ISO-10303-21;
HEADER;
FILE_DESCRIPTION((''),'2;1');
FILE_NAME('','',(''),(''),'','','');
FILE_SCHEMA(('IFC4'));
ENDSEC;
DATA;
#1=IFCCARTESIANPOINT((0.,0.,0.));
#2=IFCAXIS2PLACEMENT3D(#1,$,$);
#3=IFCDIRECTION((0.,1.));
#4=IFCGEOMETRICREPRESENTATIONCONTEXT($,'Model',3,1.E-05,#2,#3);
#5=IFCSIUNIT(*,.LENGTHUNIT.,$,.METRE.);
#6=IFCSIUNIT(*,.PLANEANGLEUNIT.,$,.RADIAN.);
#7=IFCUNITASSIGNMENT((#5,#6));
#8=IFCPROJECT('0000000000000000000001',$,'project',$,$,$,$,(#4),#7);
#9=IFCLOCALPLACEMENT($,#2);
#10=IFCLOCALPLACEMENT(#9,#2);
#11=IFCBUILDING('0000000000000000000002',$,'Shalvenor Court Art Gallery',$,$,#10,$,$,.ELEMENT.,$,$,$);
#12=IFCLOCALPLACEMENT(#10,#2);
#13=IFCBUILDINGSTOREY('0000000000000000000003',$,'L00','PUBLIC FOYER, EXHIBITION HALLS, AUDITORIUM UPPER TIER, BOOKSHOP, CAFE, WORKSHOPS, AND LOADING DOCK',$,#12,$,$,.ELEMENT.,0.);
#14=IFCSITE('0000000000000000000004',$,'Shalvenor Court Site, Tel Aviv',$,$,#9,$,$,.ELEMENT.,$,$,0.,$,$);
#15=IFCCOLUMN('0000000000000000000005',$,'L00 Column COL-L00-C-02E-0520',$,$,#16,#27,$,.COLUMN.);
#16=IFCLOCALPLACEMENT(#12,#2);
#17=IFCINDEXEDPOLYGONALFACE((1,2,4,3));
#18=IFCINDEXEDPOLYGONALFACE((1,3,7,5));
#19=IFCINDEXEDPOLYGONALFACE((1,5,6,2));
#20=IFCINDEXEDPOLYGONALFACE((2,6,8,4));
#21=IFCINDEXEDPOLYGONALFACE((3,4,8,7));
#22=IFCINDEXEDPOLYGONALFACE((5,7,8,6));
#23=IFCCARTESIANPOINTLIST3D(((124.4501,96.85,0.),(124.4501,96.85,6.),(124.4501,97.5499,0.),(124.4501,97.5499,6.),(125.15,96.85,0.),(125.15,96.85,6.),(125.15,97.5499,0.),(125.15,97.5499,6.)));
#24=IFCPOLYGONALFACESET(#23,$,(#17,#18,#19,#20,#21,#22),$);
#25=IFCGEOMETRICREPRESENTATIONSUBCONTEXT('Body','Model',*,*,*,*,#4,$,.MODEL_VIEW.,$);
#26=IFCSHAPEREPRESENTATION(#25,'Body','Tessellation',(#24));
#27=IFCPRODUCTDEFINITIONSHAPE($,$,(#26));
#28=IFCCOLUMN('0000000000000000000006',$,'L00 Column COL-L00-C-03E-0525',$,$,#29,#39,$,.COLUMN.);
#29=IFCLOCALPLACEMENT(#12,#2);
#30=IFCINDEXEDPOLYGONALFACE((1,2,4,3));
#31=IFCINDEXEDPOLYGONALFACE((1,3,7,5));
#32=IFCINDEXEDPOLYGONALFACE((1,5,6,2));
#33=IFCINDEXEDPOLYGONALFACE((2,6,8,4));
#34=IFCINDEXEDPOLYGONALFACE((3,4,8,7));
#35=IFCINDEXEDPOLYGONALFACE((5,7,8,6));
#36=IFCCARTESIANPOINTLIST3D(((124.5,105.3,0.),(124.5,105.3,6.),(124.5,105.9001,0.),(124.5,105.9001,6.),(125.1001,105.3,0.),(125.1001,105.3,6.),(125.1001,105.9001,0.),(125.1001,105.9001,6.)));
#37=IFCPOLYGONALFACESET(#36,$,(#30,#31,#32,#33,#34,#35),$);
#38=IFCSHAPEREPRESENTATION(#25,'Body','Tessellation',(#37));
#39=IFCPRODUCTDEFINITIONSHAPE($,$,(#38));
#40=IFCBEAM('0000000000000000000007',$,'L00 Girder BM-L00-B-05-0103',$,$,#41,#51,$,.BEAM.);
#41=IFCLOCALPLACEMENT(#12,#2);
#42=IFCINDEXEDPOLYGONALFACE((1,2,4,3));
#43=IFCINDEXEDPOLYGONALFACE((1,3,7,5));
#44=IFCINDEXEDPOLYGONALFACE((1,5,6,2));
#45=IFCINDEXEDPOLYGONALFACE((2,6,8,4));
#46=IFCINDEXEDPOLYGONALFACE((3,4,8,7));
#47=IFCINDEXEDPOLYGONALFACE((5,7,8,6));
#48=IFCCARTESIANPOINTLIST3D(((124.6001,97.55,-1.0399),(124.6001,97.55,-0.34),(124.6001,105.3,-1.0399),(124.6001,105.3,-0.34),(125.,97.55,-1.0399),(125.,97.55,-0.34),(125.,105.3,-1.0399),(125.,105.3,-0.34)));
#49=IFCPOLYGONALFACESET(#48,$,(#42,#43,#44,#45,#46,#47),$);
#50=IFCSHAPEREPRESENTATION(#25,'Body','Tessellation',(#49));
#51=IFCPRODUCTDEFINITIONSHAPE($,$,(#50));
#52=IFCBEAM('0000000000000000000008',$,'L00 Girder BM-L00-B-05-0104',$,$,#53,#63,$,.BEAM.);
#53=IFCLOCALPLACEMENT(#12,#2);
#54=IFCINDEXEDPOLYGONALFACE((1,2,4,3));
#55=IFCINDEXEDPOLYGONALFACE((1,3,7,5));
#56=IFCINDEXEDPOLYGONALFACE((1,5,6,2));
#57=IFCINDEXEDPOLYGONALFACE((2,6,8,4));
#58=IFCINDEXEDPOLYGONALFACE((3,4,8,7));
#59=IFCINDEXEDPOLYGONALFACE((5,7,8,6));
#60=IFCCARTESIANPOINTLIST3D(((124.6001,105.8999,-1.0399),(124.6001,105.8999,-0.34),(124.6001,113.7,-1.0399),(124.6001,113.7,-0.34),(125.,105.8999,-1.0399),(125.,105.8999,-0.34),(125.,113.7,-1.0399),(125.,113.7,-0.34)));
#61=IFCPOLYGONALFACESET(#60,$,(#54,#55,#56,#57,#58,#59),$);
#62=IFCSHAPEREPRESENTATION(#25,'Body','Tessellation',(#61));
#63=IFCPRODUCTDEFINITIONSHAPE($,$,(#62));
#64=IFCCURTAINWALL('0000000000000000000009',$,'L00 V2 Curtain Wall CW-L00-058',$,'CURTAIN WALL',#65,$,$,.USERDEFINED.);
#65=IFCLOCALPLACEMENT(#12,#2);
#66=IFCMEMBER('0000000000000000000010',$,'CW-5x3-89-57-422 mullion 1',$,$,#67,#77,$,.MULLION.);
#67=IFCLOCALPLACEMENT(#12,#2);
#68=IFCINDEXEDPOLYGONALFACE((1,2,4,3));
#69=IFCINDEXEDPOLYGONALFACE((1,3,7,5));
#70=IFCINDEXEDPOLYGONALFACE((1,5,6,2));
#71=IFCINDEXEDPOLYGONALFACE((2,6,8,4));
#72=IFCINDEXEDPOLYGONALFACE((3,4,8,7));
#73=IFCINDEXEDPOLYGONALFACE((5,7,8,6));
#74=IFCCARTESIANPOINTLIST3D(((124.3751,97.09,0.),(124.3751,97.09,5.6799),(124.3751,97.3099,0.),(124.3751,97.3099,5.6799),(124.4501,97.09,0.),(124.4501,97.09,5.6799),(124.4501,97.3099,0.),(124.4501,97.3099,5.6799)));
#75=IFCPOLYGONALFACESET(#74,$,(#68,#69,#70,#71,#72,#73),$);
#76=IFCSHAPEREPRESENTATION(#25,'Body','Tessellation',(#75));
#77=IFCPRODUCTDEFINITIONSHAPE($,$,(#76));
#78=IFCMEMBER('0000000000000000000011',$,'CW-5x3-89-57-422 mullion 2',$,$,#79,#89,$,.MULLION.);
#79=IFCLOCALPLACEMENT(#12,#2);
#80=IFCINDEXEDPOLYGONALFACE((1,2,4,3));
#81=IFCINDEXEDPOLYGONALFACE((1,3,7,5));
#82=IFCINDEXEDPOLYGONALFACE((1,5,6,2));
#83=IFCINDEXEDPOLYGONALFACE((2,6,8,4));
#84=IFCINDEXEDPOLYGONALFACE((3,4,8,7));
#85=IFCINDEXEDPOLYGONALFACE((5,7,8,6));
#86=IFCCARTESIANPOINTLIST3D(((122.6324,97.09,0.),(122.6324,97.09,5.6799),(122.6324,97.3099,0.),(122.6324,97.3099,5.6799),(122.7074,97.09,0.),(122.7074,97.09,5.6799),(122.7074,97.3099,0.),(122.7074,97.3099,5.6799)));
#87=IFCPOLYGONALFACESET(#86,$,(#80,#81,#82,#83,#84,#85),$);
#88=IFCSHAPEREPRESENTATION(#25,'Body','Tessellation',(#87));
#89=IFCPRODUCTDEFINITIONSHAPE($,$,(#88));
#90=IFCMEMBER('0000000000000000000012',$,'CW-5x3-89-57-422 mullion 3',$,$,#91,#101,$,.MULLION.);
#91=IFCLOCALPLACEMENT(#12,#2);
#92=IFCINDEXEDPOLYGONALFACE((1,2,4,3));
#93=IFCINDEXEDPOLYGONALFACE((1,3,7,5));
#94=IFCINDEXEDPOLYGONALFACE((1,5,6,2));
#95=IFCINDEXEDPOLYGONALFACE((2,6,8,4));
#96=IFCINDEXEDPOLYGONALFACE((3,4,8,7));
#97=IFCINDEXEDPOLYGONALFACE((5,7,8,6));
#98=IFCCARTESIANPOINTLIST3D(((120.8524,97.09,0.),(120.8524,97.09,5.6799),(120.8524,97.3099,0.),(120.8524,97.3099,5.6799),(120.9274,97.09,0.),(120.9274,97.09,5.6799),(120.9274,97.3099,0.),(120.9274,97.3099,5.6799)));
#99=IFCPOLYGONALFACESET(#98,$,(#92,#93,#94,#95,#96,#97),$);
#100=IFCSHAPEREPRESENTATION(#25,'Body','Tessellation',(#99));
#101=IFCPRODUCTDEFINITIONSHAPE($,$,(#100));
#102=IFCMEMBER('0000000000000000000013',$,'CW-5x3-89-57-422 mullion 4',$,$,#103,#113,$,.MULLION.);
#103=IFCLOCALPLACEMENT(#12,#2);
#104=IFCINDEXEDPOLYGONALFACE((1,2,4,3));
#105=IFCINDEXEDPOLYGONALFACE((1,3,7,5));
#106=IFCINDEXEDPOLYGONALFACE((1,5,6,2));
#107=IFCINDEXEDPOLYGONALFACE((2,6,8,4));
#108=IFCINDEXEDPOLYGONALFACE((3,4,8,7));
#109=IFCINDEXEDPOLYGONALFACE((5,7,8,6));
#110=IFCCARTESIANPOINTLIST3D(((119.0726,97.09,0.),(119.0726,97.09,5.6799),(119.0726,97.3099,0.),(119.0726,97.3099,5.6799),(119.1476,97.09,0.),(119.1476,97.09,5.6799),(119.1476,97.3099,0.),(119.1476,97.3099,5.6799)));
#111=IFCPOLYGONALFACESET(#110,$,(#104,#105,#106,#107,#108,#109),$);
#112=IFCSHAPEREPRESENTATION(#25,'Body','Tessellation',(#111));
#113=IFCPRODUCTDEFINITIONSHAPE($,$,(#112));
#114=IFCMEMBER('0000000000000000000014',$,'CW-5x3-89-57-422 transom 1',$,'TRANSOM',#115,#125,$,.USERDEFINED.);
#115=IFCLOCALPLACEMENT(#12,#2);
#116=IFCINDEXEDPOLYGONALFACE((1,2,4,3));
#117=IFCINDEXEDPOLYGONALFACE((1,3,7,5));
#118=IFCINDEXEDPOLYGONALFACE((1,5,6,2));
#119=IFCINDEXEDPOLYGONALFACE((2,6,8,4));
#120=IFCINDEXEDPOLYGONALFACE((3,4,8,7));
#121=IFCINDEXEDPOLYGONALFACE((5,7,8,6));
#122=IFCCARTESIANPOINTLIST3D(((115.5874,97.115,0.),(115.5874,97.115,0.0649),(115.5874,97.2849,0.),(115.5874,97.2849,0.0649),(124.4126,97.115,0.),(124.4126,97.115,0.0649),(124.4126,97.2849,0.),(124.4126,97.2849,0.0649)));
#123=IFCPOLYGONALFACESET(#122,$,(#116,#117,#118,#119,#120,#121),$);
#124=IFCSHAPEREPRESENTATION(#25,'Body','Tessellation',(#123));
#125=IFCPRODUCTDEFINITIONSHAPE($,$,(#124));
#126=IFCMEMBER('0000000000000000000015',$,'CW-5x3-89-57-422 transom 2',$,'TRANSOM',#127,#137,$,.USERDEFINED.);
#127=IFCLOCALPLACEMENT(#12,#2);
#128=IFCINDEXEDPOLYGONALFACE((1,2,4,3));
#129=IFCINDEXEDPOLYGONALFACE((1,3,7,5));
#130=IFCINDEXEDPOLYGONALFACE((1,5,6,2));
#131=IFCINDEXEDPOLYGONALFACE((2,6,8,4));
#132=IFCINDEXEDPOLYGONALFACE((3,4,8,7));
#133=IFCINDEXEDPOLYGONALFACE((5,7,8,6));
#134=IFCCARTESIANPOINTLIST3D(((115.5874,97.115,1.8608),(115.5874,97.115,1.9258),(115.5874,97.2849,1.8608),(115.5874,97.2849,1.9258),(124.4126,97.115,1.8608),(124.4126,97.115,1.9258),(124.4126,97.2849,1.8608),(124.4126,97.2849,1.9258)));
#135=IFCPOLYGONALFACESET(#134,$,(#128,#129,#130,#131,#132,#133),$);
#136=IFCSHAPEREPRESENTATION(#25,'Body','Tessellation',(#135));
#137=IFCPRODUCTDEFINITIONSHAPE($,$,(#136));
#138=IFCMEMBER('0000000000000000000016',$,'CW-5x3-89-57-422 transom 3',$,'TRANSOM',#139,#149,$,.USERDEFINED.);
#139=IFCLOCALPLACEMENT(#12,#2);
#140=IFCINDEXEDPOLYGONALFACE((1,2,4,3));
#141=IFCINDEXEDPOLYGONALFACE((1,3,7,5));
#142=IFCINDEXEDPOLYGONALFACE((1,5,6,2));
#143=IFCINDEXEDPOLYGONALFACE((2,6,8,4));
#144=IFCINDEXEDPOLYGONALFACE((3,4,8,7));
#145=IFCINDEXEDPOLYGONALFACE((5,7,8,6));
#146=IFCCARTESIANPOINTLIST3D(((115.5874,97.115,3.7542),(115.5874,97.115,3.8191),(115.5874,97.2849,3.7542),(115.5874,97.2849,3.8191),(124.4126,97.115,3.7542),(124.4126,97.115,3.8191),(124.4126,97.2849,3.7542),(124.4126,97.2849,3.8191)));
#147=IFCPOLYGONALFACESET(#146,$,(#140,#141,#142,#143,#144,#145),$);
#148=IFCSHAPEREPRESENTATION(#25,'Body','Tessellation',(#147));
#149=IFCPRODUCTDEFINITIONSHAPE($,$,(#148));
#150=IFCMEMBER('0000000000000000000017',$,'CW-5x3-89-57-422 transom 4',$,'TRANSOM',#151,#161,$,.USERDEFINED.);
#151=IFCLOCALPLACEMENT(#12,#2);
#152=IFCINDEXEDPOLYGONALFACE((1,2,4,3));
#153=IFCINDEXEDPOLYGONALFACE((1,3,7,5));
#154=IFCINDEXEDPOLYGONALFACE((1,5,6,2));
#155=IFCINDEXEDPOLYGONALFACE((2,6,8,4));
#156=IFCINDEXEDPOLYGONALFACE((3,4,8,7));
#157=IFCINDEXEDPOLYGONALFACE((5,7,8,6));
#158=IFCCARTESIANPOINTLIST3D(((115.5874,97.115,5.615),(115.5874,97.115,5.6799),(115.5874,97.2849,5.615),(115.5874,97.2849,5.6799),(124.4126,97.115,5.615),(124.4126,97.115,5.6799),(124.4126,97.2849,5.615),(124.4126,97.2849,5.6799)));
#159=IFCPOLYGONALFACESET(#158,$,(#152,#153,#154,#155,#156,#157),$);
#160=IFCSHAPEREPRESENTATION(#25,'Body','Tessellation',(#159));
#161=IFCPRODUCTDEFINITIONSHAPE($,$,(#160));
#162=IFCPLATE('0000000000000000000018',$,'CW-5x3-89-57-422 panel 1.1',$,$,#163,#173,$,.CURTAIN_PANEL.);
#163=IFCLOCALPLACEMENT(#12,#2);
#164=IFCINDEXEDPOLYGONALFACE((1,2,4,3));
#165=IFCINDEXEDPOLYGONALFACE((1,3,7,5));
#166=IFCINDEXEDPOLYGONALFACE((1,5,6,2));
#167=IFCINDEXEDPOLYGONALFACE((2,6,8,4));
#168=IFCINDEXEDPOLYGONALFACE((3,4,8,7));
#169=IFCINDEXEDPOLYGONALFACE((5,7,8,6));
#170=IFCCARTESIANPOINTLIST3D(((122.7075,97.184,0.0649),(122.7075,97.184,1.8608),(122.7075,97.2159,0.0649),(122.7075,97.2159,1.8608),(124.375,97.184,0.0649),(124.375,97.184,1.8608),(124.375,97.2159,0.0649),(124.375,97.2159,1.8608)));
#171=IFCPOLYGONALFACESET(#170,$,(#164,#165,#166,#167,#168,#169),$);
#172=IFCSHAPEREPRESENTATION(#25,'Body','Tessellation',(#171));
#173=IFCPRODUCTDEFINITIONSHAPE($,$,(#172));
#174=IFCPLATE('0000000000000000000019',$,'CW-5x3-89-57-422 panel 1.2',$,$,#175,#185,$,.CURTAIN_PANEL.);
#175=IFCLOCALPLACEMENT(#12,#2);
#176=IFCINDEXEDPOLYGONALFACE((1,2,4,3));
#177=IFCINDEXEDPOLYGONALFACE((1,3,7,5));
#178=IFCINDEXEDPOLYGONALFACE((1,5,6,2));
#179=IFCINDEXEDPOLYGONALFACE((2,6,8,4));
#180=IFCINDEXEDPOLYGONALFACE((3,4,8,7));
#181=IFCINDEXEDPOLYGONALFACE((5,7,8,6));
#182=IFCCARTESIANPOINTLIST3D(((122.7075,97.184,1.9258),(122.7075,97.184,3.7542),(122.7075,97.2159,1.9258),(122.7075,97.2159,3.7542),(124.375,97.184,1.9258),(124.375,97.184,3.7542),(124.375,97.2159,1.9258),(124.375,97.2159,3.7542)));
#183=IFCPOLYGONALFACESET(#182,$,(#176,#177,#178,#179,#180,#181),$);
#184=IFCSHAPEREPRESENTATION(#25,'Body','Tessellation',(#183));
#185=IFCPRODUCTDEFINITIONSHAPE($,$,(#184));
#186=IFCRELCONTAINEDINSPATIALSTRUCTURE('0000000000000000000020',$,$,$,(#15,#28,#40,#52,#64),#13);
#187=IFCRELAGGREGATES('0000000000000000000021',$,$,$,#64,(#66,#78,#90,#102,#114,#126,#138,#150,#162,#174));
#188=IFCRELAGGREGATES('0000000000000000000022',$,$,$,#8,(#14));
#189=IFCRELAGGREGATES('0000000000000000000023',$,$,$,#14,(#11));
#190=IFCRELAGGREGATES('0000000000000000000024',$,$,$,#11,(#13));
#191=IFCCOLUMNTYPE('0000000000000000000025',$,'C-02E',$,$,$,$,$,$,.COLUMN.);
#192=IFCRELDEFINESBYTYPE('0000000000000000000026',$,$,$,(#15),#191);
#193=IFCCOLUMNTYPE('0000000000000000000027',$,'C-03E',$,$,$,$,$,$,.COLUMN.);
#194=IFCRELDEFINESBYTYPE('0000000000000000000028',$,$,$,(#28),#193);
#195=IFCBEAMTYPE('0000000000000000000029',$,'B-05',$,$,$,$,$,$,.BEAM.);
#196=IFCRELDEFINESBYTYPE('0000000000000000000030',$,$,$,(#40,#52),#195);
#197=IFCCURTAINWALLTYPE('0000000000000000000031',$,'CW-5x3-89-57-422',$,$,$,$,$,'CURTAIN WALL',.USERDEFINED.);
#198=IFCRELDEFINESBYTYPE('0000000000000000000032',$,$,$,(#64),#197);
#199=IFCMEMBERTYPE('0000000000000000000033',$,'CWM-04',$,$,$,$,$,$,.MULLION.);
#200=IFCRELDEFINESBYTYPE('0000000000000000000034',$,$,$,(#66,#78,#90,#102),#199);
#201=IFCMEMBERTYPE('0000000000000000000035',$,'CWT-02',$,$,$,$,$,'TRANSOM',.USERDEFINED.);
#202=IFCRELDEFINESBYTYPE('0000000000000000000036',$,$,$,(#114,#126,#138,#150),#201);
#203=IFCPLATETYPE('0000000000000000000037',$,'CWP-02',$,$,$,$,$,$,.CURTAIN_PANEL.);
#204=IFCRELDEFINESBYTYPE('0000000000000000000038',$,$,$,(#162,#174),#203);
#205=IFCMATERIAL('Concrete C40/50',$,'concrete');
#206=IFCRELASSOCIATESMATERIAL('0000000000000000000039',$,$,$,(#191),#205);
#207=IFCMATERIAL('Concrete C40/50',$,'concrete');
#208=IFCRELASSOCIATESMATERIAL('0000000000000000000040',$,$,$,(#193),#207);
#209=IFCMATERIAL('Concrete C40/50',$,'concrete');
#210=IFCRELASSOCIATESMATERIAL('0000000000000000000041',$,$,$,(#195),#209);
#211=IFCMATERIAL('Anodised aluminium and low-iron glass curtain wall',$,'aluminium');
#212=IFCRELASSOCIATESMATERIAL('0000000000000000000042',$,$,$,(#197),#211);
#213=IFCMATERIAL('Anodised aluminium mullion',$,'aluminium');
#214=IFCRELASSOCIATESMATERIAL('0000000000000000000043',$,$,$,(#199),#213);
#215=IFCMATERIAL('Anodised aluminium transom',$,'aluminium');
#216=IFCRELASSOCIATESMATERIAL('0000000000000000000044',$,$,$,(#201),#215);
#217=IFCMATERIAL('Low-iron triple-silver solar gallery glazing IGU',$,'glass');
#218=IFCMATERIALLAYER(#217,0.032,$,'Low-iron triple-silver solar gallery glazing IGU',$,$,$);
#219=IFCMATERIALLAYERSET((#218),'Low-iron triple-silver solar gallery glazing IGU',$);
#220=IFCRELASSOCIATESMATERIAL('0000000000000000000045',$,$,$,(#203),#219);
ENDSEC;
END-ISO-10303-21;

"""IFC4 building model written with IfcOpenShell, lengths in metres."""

from ifc_helpers import new_model, si_unit, direction, frame, origin, origin_2d, place, context, subcontext, project, spatial, rectangle, extrude, material, layer, layer_set, material_profile, profile_set, type_object, element, aggregate, save


model = new_model("IFC4")

# Units and contexts
model_context = context("Model", 3, precision=1e-05, world=origin(), true_north=direction((0.0, 1.0)))
body_context = subcontext(model_context, "Body", "Model", "MODEL_VIEW")
ifc_project = project(units=[si_unit("LENGTHUNIT", "METRE"), si_unit("PLANEANGLEUNIT", "RADIAN")], contexts=[model_context])

# Site, building, storey
site_placement = place(None, origin())
site = spatial("IfcSite", under=ifc_project, at=site_placement, Name="Shalvenor Court Site, Tel Aviv", CompositionType="ELEMENT", RefElevation=0.0)
building_placement = place(site_placement, origin())
building = spatial("IfcBuilding", under=site, at=building_placement, Name="Shalvenor Court Art Gallery", CompositionType="ELEMENT")
storey_placement = place(building_placement, origin())
storey = spatial("IfcBuildingStorey", under=building, at=storey_placement, Name="L00", Description="PUBLIC FOYER, EXHIBITION HALLS, AUDITORIUM UPPER TIER, BOOKSHOP, CAFE, WORKSHOPS, AND LOADING DOCK", CompositionType="ELEMENT", Elevation=0.0)

# Columns
ifc_material_1 = material(Name="Concrete C40/50", Category="concrete")
ifc_material_profile_1 = material_profile(ifc_material_1, rectangle(XDim=0.7, YDim=0.7, at=origin_2d()), Name="RC 700x700")
ifc_profile_set_1 = profile_set([ifc_material_profile_1], Name="Concrete C40/50")
column_type_1 = type_object("IfcColumnType", Name="C-02E", PredefinedType="COLUMN", material=ifc_profile_set_1)
column_1_placement = place(storey_placement, frame((124.8, 97.2, 0.0), z_axis=(0.0, 0.0, 1.0), x_axis=(1.0, 0.0, 0.0)))
element("IfcColumn", 1, at=column_1_placement, inside=storey, type_object=column_type_1, Name="L00 Column COL-L00-C-02E-0520", PredefinedType="COLUMN", context=body_context, shape_type="SweptSolid", body=[
    extrude(rectangle(XDim=0.7, YDim=0.7, at=origin_2d()), origin(), (0.0, 0.0, 1.0), 6.0),
])
ifc_material_2 = material(Name="Concrete C40/50", Category="concrete")
ifc_material_profile_2 = material_profile(ifc_material_2, rectangle(XDim=0.6001, YDim=0.6001, at=origin_2d()), Name="RC 600x600")
ifc_profile_set_2 = profile_set([ifc_material_profile_2], Name="Concrete C40/50")
column_type_2 = type_object("IfcColumnType", Name="C-03E", PredefinedType="COLUMN", material=ifc_profile_set_2)
column_2_placement = place(storey_placement, frame((124.8, 105.6001, 0.0), z_axis=(0.0, 0.0, 1.0), x_axis=(1.0, 0.0, 0.0)))
element("IfcColumn", 2, at=column_2_placement, inside=storey, type_object=column_type_2, Name="L00 Column COL-L00-C-03E-0525", PredefinedType="COLUMN", context=body_context, shape_type="SweptSolid", body=[
    extrude(rectangle(XDim=0.6001, YDim=0.6001, at=origin_2d()), origin(), (0.0, 0.0, 1.0), 6.0),
])

# Beams
ifc_material_3 = material(Name="Concrete C40/50", Category="concrete")
ifc_material_profile_3 = material_profile(ifc_material_3, rectangle(XDim=0.3999, YDim=0.7, at=origin_2d()), Name="RC 400x700")
ifc_profile_set_3 = profile_set([ifc_material_profile_3], Name="Concrete C40/50")
beam_type = type_object("IfcBeamType", Name="B-05", PredefinedType="BEAM", material=ifc_profile_set_3)
beam_1_placement = place(storey_placement, frame((124.8, 97.55, -0.6899), z_axis=(0.0, 1.0, 0.0), x_axis=(-1.0, 0.0, 0.0)))
element("IfcBeam", 3, at=beam_1_placement, inside=storey, type_object=beam_type, Name="L00 Girder BM-L00-B-05-0103", PredefinedType="BEAM", context=body_context, shape_type="SweptSolid", body=[
    extrude(rectangle(XDim=0.3999, YDim=0.7, at=origin_2d()), origin(), (0.0, 0.0, 1.0), 7.75),
])
beam_2_placement = place(storey_placement, frame((124.8, 105.8999, -0.6899), z_axis=(0.0, 1.0, 0.0), x_axis=(-1.0, 0.0, 0.0)))
element("IfcBeam", 4, at=beam_2_placement, inside=storey, type_object=beam_type, Name="L00 Girder BM-L00-B-05-0104", PredefinedType="BEAM", context=body_context, shape_type="SweptSolid", body=[
    extrude(rectangle(XDim=0.3999, YDim=0.7, at=origin_2d()), origin(), (0.0, 0.0, 1.0), 7.8),
])

# Curtain wall, members, plates
ifc_material_4 = material(Name="Anodised aluminium and low-iron glass curtain wall", Category="aluminium")
curtain_wall_type = type_object("IfcCurtainWallType", Name="CW-5x3-89-57-422", ElementType="CURTAIN WALL", PredefinedType="USERDEFINED", material=ifc_material_4)
curtain_wall_placement = place(storey_placement, origin())
curtain_wall = element("IfcCurtainWall", 5, at=curtain_wall_placement, inside=storey, type_object=curtain_wall_type, Name="L00 V2 Curtain Wall CW-L00-058", ObjectType="CURTAIN WALL", PredefinedType="USERDEFINED")
ifc_material_5 = material(Name="Anodised aluminium mullion", Category="aluminium")
ifc_material_profile_4 = material_profile(ifc_material_5, rectangle(XDim=0.075, YDim=0.22, at=origin_2d()), Name="CWM-04")
ifc_profile_set_4 = profile_set([ifc_material_profile_4], Name="Anodised aluminium mullion")
member_type_1 = type_object("IfcMemberType", Name="CWM-04", PredefinedType="MULLION", material=ifc_profile_set_4)
member_1_placement = place(storey_placement, frame((124.4126, 97.2, 0.0), z_axis=(0.0, 0.0, 1.0), x_axis=(-1.0, 0.0, 0.0)))
member_1 = element("IfcMember", 6, at=member_1_placement, type_object=member_type_1, Name="CW-5x3-89-57-422 mullion 1", PredefinedType="MULLION", context=body_context, shape_type="SweptSolid", body=[
    extrude(rectangle(XDim=0.075, YDim=0.22, at=origin_2d()), origin(), (0.0, 0.0, 1.0), 5.6799),
])
member_2_placement = place(storey_placement, frame((122.6699, 97.2, 0.0), z_axis=(0.0, 0.0, 1.0), x_axis=(-1.0, 0.0, 0.0)))
member_2 = element("IfcMember", 7, at=member_2_placement, type_object=member_type_1, Name="CW-5x3-89-57-422 mullion 2", PredefinedType="MULLION", context=body_context, shape_type="SweptSolid", body=[
    extrude(rectangle(XDim=0.075, YDim=0.22, at=origin_2d()), origin(), (0.0, 0.0, 1.0), 5.6799),
])
member_3_placement = place(storey_placement, frame((120.8899, 97.2, 0.0), z_axis=(0.0, 0.0, 1.0), x_axis=(-1.0, 0.0, 0.0)))
member_3 = element("IfcMember", 8, at=member_3_placement, type_object=member_type_1, Name="CW-5x3-89-57-422 mullion 3", PredefinedType="MULLION", context=body_context, shape_type="SweptSolid", body=[
    extrude(rectangle(XDim=0.075, YDim=0.22, at=origin_2d()), origin(), (0.0, 0.0, 1.0), 5.6799),
])
member_4_placement = place(storey_placement, frame((119.1101, 97.2, 0.0), z_axis=(0.0, 0.0, 1.0), x_axis=(-1.0, 0.0, 0.0)))
member_4 = element("IfcMember", 9, at=member_4_placement, type_object=member_type_1, Name="CW-5x3-89-57-422 mullion 4", PredefinedType="MULLION", context=body_context, shape_type="SweptSolid", body=[
    extrude(rectangle(XDim=0.075, YDim=0.22, at=origin_2d()), origin(), (0.0, 0.0, 1.0), 5.6799),
])
ifc_material_6 = material(Name="Anodised aluminium transom", Category="aluminium")
ifc_material_profile_5 = material_profile(ifc_material_6, rectangle(XDim=0.1699, YDim=0.0649, at=origin_2d()), Name="CWT-02")
ifc_profile_set_5 = profile_set([ifc_material_profile_5], Name="Anodised aluminium transom")
member_type_2 = type_object("IfcMemberType", Name="CWT-02", ElementType="TRANSOM", PredefinedType="USERDEFINED", material=ifc_profile_set_5)
member_5_placement = place(storey_placement, frame((124.4126, 97.2, 0.0325), z_axis=(-1.0, 0.0, 0.0), x_axis=(0.0, -1.0, 0.0)))
member_5 = element("IfcMember", 10, at=member_5_placement, type_object=member_type_2, Name="CW-5x3-89-57-422 transom 1", ObjectType="TRANSOM", PredefinedType="USERDEFINED", context=body_context, shape_type="SweptSolid", body=[
    extrude(rectangle(XDim=0.1699, YDim=0.0649, at=origin_2d()), origin(), (0.0, 0.0, 1.0), 8.8252),
])
member_6_placement = place(storey_placement, frame((124.4126, 97.2, 1.8933), z_axis=(-1.0, 0.0, 0.0), x_axis=(0.0, -1.0, 0.0)))
member_6 = element("IfcMember", 11, at=member_6_placement, type_object=member_type_2, Name="CW-5x3-89-57-422 transom 2", ObjectType="TRANSOM", PredefinedType="USERDEFINED", context=body_context, shape_type="SweptSolid", body=[
    extrude(rectangle(XDim=0.1699, YDim=0.0649, at=origin_2d()), origin(), (0.0, 0.0, 1.0), 8.8252),
])
member_7_placement = place(storey_placement, frame((124.4126, 97.2, 3.7866), z_axis=(-1.0, 0.0, 0.0), x_axis=(0.0, -1.0, 0.0)))
member_7 = element("IfcMember", 12, at=member_7_placement, type_object=member_type_2, Name="CW-5x3-89-57-422 transom 3", ObjectType="TRANSOM", PredefinedType="USERDEFINED", context=body_context, shape_type="SweptSolid", body=[
    extrude(rectangle(XDim=0.1699, YDim=0.0649, at=origin_2d()), origin(), (0.0, 0.0, 1.0), 8.8252),
])
member_8_placement = place(storey_placement, frame((124.4126, 97.2, 5.6475), z_axis=(-1.0, 0.0, 0.0), x_axis=(0.0, -1.0, 0.0)))
member_8 = element("IfcMember", 13, at=member_8_placement, type_object=member_type_2, Name="CW-5x3-89-57-422 transom 4", ObjectType="TRANSOM", PredefinedType="USERDEFINED", context=body_context, shape_type="SweptSolid", body=[
    extrude(rectangle(XDim=0.1699, YDim=0.0649, at=origin_2d()), origin(), (0.0, 0.0, 1.0), 8.8252),
])
ifc_material_7 = material(Name="Low-iron triple-silver solar gallery glazing IGU", Category="glass")
ifc_layer_1 = layer(ifc_material_7, 0.032, Name="Low-iron triple-silver solar gallery glazing IGU")
ifc_layer_set_1 = layer_set([ifc_layer_1], Name="Low-iron triple-silver solar gallery glazing IGU")
plate_type_1 = type_object("IfcPlateType", Name="CWP-02", PredefinedType="CURTAIN_PANEL", material=ifc_layer_set_1)
plate_1_placement = place(storey_placement, frame((123.5413, 97.2, 0.0649), z_axis=(0.0, 0.0, 1.0), x_axis=(-1.0, 0.0, 0.0)))
plate_1 = element("IfcPlate", 14, at=plate_1_placement, type_object=plate_type_1, Name="CW-5x3-89-57-422 panel 1.1", PredefinedType="CURTAIN_PANEL", context=body_context, shape_type="SweptSolid", body=[
    extrude(rectangle(XDim=1.6675, YDim=0.032, at=origin_2d()), origin(), (0.0, 0.0, 1.0), 1.7959),
])
plate_2_placement = place(storey_placement, frame((123.5413, 97.2, 1.9258), z_axis=(0.0, 0.0, 1.0), x_axis=(-1.0, 0.0, 0.0)))
plate_2 = element("IfcPlate", 15, at=plate_2_placement, type_object=plate_type_1, Name="CW-5x3-89-57-422 panel 1.2", PredefinedType="CURTAIN_PANEL", context=body_context, shape_type="SweptSolid", body=[
    extrude(rectangle(XDim=1.6675, YDim=0.032, at=origin_2d()), origin(), (0.0, 0.0, 1.0), 1.8284),
])
aggregate(curtain_wall, [member_1, member_2, member_3, member_4, member_5, member_6, member_7, member_8, plate_1, plate_2])

save(model, "model.ifc")
